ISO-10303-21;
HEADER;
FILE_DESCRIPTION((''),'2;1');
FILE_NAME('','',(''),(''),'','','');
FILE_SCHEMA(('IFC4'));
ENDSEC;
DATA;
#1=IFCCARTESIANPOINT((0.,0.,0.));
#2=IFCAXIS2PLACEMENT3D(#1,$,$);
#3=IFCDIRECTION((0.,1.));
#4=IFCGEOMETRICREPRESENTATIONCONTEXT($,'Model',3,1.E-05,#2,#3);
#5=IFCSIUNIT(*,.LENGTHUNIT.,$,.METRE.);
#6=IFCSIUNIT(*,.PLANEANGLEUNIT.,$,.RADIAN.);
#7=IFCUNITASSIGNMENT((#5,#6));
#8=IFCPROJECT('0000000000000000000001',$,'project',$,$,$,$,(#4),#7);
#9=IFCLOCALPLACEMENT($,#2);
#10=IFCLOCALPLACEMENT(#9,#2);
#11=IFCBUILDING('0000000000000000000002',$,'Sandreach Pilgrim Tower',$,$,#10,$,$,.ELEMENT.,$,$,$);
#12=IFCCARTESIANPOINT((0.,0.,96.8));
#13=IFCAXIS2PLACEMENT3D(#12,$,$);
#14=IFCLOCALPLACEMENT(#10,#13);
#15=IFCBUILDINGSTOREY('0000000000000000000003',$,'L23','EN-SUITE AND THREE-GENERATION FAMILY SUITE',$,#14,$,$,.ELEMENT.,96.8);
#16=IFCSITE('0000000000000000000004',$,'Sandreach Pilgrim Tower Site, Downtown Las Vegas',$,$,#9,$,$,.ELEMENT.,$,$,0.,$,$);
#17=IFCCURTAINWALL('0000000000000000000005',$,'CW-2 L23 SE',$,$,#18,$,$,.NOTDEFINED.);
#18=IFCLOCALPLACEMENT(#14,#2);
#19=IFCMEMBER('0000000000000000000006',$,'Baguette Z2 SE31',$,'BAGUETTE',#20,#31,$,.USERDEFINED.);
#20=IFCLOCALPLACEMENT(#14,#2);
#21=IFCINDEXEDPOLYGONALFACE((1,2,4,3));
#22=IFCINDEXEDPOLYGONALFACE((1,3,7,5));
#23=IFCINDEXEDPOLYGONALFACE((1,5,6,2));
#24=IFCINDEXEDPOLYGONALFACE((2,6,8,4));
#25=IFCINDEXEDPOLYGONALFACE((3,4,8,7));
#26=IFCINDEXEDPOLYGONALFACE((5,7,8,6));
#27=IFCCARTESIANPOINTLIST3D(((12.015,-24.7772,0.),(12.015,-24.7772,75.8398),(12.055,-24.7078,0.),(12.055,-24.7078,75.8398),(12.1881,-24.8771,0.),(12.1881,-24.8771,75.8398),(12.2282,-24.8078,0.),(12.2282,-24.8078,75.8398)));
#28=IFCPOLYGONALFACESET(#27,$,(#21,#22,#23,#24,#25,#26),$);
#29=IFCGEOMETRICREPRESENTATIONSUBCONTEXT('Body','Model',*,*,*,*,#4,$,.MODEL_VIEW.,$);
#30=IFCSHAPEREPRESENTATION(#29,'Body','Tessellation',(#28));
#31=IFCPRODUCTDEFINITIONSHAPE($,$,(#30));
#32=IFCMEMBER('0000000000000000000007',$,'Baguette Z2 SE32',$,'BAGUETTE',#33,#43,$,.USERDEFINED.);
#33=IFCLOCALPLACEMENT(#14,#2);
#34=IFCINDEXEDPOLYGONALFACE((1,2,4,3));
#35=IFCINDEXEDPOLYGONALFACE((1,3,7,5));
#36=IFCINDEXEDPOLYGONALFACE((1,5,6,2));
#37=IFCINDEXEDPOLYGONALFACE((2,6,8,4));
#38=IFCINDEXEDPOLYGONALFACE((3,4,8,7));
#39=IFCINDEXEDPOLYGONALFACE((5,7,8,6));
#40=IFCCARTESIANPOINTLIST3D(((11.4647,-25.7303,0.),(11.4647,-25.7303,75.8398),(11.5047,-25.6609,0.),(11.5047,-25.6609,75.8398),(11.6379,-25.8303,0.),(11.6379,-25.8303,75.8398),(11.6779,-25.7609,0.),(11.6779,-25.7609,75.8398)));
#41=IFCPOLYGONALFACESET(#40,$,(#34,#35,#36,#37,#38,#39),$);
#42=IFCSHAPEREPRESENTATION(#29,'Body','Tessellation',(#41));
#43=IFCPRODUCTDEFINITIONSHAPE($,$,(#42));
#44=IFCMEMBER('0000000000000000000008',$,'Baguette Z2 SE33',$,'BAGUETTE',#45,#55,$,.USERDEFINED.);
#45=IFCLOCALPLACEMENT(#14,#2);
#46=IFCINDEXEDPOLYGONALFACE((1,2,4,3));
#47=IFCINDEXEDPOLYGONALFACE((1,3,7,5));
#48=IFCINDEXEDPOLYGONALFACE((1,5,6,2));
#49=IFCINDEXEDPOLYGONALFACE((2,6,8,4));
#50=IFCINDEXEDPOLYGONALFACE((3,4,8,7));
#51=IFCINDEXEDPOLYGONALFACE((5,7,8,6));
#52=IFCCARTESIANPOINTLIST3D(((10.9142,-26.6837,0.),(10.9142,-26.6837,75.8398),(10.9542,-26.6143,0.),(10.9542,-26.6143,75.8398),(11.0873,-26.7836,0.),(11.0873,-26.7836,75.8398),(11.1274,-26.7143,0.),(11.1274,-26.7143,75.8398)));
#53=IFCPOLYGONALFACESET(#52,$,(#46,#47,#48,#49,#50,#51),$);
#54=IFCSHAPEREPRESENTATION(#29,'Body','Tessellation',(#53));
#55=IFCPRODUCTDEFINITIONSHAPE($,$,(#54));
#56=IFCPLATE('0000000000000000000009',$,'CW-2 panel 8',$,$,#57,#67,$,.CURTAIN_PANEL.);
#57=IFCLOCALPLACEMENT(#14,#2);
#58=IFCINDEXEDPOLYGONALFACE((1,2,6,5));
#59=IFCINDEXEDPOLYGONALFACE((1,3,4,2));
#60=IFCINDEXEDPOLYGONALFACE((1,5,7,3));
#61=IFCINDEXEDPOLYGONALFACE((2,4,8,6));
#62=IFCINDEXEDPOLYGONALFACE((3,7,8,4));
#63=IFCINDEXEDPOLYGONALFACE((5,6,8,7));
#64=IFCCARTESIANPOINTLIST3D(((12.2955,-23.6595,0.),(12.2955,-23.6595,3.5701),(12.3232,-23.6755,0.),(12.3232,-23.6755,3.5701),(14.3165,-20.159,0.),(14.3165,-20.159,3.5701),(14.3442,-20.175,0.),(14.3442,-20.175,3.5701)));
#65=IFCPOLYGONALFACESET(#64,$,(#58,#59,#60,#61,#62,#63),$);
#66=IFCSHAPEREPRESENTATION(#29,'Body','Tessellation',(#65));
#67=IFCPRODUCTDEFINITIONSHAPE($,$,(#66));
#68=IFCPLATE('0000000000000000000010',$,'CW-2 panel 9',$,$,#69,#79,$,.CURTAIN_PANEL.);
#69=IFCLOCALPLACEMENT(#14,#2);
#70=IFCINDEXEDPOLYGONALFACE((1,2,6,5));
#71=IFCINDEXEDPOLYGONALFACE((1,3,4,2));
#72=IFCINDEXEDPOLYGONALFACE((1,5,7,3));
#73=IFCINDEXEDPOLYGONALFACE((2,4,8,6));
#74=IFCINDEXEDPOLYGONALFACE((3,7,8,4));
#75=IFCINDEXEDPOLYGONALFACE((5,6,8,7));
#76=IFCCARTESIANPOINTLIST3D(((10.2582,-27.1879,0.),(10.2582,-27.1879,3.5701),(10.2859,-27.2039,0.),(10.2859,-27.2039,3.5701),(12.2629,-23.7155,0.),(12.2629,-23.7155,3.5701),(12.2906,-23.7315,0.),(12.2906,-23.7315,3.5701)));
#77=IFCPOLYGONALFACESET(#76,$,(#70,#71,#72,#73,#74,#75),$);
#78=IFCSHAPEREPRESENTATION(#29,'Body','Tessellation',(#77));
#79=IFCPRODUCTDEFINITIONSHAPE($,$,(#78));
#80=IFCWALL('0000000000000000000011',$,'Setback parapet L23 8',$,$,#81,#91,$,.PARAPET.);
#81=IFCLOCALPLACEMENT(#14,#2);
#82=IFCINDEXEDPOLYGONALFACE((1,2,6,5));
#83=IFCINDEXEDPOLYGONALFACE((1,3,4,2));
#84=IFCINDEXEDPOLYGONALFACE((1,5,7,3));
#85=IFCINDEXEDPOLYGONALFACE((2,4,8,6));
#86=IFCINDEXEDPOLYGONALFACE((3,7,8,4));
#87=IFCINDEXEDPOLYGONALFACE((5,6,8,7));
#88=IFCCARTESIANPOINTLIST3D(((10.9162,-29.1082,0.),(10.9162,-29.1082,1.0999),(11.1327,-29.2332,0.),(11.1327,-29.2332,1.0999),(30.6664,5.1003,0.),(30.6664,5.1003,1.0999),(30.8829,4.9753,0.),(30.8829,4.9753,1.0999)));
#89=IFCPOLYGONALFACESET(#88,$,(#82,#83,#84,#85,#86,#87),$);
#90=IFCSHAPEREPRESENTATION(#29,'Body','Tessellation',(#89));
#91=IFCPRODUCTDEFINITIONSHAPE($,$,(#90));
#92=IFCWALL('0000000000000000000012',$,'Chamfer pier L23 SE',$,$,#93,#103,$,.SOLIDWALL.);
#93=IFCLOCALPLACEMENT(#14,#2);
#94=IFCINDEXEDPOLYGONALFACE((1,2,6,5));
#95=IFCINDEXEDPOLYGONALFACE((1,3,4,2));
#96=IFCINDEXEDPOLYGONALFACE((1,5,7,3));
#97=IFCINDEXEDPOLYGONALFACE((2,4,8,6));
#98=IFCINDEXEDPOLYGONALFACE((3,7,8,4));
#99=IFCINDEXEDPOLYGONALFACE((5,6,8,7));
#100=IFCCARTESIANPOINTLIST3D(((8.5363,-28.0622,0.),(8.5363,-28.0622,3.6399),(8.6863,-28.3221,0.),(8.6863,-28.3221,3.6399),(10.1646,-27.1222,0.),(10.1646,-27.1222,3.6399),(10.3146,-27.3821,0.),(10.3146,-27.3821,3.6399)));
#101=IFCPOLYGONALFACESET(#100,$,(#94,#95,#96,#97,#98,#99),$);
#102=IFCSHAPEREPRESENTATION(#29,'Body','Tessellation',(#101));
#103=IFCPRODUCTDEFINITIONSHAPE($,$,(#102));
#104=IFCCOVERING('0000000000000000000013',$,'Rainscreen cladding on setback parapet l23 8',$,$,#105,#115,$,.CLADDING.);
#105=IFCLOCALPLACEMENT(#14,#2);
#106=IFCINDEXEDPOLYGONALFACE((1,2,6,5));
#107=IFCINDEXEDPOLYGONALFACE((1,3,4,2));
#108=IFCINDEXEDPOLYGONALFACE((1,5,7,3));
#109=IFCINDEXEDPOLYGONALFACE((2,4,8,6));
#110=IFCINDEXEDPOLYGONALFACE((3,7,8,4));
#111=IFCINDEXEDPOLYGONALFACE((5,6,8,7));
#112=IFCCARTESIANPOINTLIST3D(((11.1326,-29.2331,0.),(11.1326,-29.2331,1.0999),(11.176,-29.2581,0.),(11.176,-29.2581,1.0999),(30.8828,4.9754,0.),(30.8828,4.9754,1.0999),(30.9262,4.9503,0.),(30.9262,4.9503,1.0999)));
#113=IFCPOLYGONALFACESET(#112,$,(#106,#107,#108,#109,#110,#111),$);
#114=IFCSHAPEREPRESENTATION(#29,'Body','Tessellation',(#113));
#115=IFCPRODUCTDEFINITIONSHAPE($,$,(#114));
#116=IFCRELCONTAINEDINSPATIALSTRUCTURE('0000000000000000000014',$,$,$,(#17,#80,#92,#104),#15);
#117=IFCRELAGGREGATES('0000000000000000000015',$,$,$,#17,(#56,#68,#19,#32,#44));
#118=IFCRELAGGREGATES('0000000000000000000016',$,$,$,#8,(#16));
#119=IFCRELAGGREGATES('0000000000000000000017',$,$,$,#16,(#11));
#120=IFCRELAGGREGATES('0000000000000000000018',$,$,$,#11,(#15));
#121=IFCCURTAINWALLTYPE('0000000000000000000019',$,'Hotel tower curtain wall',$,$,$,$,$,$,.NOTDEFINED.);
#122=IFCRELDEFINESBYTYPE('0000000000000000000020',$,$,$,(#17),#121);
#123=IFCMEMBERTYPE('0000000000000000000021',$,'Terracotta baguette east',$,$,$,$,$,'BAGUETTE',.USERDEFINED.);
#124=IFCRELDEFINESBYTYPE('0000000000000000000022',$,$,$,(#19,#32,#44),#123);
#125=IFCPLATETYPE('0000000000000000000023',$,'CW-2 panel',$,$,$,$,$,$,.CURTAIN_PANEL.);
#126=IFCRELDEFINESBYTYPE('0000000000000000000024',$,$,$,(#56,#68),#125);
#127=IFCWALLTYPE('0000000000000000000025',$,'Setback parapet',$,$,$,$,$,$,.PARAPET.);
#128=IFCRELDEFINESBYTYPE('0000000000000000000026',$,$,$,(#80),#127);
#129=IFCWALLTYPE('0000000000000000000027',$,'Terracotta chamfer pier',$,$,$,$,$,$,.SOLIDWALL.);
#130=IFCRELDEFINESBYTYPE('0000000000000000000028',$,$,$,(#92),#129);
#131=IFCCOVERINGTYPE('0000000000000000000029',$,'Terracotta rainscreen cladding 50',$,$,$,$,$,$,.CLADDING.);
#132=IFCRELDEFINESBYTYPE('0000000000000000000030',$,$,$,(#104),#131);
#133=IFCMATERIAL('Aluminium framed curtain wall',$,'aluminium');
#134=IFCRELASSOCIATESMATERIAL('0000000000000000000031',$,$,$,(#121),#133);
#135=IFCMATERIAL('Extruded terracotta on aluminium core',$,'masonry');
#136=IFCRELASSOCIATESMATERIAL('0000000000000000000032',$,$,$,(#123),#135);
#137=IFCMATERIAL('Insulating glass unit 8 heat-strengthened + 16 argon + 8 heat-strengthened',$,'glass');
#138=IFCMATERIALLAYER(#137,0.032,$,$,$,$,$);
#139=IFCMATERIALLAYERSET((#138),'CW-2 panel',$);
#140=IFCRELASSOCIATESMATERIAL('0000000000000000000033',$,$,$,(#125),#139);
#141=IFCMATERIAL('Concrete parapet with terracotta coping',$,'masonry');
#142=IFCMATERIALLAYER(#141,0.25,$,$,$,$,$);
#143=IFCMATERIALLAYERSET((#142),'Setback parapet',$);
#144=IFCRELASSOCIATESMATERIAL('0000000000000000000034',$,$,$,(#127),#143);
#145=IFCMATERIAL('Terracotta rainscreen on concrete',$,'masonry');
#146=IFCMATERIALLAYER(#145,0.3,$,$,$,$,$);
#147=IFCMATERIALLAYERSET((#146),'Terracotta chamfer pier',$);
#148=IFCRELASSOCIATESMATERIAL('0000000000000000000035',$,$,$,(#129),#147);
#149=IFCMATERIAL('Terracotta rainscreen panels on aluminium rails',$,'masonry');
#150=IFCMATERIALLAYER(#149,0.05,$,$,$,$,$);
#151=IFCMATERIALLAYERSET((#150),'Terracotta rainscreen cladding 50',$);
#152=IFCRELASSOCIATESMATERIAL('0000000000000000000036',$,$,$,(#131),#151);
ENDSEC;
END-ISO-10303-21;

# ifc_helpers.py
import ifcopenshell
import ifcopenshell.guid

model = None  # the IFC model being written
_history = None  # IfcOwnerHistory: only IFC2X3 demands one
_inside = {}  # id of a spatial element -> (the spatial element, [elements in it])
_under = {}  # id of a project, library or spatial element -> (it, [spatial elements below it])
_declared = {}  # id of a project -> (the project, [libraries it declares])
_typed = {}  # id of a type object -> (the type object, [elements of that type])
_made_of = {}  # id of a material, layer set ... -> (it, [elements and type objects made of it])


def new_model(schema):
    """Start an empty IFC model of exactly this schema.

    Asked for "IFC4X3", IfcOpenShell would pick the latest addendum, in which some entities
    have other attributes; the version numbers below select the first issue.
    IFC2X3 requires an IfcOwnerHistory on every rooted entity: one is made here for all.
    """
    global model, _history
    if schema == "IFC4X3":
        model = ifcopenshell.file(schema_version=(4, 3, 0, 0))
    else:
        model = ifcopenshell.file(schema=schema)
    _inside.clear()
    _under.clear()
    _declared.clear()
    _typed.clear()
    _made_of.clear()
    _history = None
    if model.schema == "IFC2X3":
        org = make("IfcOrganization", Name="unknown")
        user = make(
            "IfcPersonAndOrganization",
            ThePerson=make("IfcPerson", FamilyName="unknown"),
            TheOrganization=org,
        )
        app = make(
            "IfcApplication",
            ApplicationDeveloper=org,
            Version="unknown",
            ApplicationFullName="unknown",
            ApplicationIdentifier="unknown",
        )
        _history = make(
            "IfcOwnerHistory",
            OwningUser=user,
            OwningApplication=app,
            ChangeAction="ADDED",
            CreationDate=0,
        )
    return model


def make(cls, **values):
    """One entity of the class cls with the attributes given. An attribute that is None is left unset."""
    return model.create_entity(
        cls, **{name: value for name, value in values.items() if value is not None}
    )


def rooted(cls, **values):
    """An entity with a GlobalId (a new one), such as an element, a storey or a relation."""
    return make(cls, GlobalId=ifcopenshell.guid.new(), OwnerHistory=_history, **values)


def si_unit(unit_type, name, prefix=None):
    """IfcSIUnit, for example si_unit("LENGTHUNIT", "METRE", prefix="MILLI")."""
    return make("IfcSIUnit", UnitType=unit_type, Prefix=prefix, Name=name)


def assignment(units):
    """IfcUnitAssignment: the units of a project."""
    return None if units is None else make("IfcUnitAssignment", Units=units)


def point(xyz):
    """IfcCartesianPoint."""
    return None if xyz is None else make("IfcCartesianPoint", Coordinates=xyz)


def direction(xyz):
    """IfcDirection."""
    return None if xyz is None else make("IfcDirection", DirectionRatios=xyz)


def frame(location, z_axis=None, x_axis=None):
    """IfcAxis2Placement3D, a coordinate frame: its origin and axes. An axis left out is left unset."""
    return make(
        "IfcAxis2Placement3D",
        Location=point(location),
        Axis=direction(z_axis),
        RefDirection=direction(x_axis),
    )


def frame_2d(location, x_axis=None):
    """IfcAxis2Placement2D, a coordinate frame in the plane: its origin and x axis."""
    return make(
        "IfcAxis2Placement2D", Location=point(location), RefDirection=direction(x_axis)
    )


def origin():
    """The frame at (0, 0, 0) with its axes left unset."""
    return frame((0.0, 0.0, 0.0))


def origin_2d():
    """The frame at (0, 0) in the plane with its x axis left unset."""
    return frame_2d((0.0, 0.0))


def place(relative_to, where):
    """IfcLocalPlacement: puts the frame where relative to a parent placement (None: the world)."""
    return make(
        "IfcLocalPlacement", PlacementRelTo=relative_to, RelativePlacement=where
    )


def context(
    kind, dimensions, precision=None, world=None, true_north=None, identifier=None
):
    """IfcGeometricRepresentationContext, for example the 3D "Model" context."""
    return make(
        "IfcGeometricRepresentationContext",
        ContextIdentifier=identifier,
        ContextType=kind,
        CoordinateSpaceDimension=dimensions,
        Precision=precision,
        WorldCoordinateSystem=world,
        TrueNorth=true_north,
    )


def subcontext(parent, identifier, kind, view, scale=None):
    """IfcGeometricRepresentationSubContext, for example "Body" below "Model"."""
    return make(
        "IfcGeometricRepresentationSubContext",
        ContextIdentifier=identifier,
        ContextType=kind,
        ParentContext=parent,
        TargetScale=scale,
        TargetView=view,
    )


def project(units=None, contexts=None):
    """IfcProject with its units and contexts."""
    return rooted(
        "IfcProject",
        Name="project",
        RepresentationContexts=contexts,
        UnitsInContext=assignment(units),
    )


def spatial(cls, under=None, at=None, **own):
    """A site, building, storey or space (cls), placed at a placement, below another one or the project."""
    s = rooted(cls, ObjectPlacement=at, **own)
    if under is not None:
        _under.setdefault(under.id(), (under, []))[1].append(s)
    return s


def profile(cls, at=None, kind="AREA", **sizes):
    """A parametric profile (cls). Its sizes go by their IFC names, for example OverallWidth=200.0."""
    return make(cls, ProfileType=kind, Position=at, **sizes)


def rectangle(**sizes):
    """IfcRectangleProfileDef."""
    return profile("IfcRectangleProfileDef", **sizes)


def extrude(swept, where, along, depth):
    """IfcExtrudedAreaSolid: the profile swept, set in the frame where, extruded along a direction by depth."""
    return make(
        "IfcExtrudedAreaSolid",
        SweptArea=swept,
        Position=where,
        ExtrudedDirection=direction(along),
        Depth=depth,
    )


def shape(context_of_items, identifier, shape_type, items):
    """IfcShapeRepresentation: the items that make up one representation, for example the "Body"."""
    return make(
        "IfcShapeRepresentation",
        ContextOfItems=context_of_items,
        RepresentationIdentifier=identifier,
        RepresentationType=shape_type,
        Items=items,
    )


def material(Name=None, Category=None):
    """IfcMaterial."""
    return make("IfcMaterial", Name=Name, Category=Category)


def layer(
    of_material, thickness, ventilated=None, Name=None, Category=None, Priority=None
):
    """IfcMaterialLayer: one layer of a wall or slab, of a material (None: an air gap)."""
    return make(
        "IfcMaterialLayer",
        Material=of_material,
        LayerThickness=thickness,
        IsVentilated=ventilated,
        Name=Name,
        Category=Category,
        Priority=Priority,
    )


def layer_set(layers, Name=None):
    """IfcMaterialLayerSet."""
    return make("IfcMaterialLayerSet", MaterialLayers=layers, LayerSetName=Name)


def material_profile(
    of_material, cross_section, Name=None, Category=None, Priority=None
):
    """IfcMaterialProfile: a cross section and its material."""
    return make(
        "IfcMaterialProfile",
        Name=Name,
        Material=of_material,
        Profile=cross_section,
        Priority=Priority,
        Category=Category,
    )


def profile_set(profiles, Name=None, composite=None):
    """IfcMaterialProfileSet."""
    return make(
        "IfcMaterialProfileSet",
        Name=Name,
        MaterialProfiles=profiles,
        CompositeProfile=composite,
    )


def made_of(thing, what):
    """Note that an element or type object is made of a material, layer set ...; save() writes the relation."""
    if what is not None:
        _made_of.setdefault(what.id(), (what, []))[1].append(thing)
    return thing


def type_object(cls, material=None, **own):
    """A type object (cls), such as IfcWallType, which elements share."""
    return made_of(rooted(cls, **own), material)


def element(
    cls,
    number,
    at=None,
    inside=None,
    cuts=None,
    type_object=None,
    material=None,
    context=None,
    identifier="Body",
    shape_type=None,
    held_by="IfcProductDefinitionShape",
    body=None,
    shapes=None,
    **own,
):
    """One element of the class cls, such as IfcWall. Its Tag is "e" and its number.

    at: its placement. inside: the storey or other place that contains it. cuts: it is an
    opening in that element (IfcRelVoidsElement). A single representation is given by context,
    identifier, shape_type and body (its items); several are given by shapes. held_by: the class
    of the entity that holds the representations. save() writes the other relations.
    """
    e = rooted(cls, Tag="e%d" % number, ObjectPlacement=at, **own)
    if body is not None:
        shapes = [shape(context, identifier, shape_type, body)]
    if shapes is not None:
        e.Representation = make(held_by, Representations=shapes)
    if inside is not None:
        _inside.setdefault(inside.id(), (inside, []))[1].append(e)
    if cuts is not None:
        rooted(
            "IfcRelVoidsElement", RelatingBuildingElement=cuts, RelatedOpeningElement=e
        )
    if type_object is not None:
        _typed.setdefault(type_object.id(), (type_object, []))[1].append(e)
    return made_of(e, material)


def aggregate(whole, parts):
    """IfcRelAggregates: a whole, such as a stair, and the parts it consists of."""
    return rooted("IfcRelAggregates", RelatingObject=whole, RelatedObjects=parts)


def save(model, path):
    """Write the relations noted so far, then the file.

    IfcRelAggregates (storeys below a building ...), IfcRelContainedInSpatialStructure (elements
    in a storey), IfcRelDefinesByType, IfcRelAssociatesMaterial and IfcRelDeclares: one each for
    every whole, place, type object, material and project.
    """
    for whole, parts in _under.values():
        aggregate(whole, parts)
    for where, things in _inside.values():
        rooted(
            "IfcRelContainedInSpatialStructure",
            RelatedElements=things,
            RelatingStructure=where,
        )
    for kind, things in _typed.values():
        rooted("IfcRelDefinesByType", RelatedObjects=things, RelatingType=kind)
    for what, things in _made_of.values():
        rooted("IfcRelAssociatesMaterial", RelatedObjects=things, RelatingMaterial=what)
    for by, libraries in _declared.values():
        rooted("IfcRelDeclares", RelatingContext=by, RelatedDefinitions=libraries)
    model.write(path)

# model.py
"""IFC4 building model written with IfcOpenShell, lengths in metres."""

from ifc_helpers import new_model, si_unit, direction, frame, frame_2d, origin, origin_2d, place, context, subcontext, project, spatial, rectangle, extrude, material, layer, layer_set, material_profile, profile_set, type_object, element, aggregate, save


model = new_model("IFC4")

# Units and contexts
model_context = context("Model", 3, precision=1e-05, world=origin(), true_north=direction((0.0, 1.0)))
body_context = subcontext(model_context, "Body", "Model", "MODEL_VIEW")
ifc_project = project(units=[si_unit("LENGTHUNIT", "METRE"), si_unit("PLANEANGLEUNIT", "RADIAN")], contexts=[model_context])

# Site, building, storey
site_placement = place(None, origin())
site = spatial("IfcSite", under=ifc_project, at=site_placement, Name="Sandreach Pilgrim Tower Site, Downtown Las Vegas", CompositionType="ELEMENT", RefElevation=0.0)
building_placement = place(site_placement, origin())
building = spatial("IfcBuilding", under=site, at=building_placement, Name="Sandreach Pilgrim Tower", CompositionType="ELEMENT")
storey_placement = place(building_placement, frame((0.0, 0.0, 96.8)))
storey = spatial("IfcBuildingStorey", under=building, at=storey_placement, Name="L23", Description="EN-SUITE AND THREE-GENERATION FAMILY SUITE", CompositionType="ELEMENT", Elevation=96.8)

# Curtain wall
ifc_material_1 = material(Name="Aluminium framed curtain wall", Category="aluminium")
curtain_wall_type = type_object("IfcCurtainWallType", Name="Hotel tower curtain wall", PredefinedType="NOTDEFINED", material=ifc_material_1)
curtain_wall_placement = place(storey_placement, origin())
curtain_wall = element("IfcCurtainWall", 1, at=curtain_wall_placement, inside=storey, type_object=curtain_wall_type, Name="CW-2 L23 SE", PredefinedType="NOTDEFINED")

# Members
ifc_material_2 = material(Name="Extruded terracotta on aluminium core", Category="masonry")
ifc_material_profile_1 = material_profile(ifc_material_2, rectangle(XDim=0.0801, YDim=0.2, at=origin_2d()), Name="TBE 80X200")
ifc_profile_set_1 = profile_set([ifc_material_profile_1], Name="Extruded terracotta on aluminium core")
member_type_1 = type_object("IfcMemberType", Name="Terracotta baguette east", ElementType="BAGUETTE", PredefinedType="USERDEFINED", material=ifc_profile_set_1)
member_1_placement = place(storey_placement, frame((12.1216, -24.7925, 0.0), z_axis=(0.0, 0.0, 1.0), x_axis=(-0.5, -0.866025, 0.0)))
member_1 = element("IfcMember", 2, at=member_1_placement, type_object=member_type_1, Name="Baguette Z2 SE31", ObjectType="BAGUETTE", PredefinedType="USERDEFINED", context=body_context, shape_type="SweptSolid", body=[
    extrude(rectangle(XDim=0.0801, YDim=0.2, at=origin_2d()), origin(), (0.0, 0.0, 1.0), 75.8398),
])
member_2_placement = place(storey_placement, frame((11.5713, -25.7456, 0.0), z_axis=(0.0, 0.0, 1.0), x_axis=(-0.5, -0.866025, 0.0)))
member_2 = element("IfcMember", 3, at=member_2_placement, type_object=member_type_1, Name="Baguette Z2 SE32", ObjectType="BAGUETTE", PredefinedType="USERDEFINED", context=body_context, shape_type="SweptSolid", body=[
    extrude(rectangle(XDim=0.0801, YDim=0.2, at=origin_2d()), origin(), (0.0, 0.0, 1.0), 75.8398),
])
member_3_placement = place(storey_placement, frame((11.0208, -26.699, 0.0), z_axis=(0.0, 0.0, 1.0), x_axis=(-0.5, -0.866025, 0.0)))
member_3 = element("IfcMember", 4, at=member_3_placement, type_object=member_type_1, Name="Baguette Z2 SE33", ObjectType="BAGUETTE", PredefinedType="USERDEFINED", context=body_context, shape_type="SweptSolid", body=[
    extrude(rectangle(XDim=0.0801, YDim=0.2, at=origin_2d()), origin(), (0.0, 0.0, 1.0), 75.8398),
])

# Plates
ifc_material_3 = material(Name="Insulating glass unit 8 heat-strengthened + 16 argon + 8 heat-strengthened", Category="glass")
ifc_layer_1 = layer(ifc_material_3, 0.032)
ifc_layer_set_1 = layer_set([ifc_layer_1], Name="CW-2 panel")
plate_type = type_object("IfcPlateType", Name="CW-2 panel", PredefinedType="CURTAIN_PANEL", material=ifc_layer_set_1)
plate_1_placement = place(storey_placement, frame((13.3198, -21.9172, 0.0), z_axis=(0.0, 0.0, 1.0), x_axis=(-0.5, -0.866025, 0.0)))
plate_1 = element("IfcPlate", 5, at=plate_1_placement, type_object=plate_type, Name="CW-2 panel 8", PredefinedType="CURTAIN_PANEL", context=body_context, shape_type="SweptSolid", body=[
    extrude(rectangle(XDim=4.042, YDim=0.032, at=origin_2d()), origin(), (0.0, 0.0, 1.0), 3.5701),
])
plate_2_placement = place(storey_placement, frame((11.2744, -25.4597, 0.0), z_axis=(0.0, 0.0, 1.0), x_axis=(-0.5, -0.866025, 0.0)))
plate_2 = element("IfcPlate", 6, at=plate_2_placement, type_object=plate_type, Name="CW-2 panel 9", PredefinedType="CURTAIN_PANEL", context=body_context, shape_type="SweptSolid", body=[
    extrude(rectangle(XDim=4.0095, YDim=0.032, at=origin_2d()), origin(), (0.0, 0.0, 1.0), 3.5701),
])
aggregate(curtain_wall, [plate_1, plate_2, member_1, member_2, member_3])

# Walls
ifc_material_4 = material(Name="Concrete parapet with terracotta coping", Category="masonry")
ifc_layer_2 = layer(ifc_material_4, 0.25)
ifc_layer_set_2 = layer_set([ifc_layer_2], Name="Setback parapet")
wall_type_1 = type_object("IfcWallType", Name="Setback parapet", PredefinedType="PARAPET", material=ifc_layer_set_2)
wall_1_placement = place(storey_placement, frame((11.0244, -29.1707, 0.0), z_axis=(0.0, 0.0, 1.0), x_axis=(0.499999, 0.866026, 0.0)))
element("IfcWall", 7, at=wall_1_placement, inside=storey, type_object=wall_type_1, Name="Setback parapet L23 8", PredefinedType="PARAPET", context=body_context, shape_type="SweptSolid", body=[
    extrude(rectangle(XDim=39.5005, YDim=0.25, at=frame_2d((19.7502, 0.0))), origin(), (0.0, 0.0, 1.0), 1.0999),
])
ifc_material_5 = material(Name="Terracotta rainscreen on concrete", Category="masonry")
ifc_layer_3 = layer(ifc_material_5, 0.3)
ifc_layer_set_3 = layer_set([ifc_layer_3], Name="Terracotta chamfer pier")
wall_type_2 = type_object("IfcWallType", Name="Terracotta chamfer pier", PredefinedType="SOLIDWALL", material=ifc_layer_set_3)
wall_2_placement = place(storey_placement, frame((10.2395, -27.2522, 0.0), z_axis=(0.0, 0.0, 1.0), x_axis=(-0.866045, -0.499966, 0.0)))
element("IfcWall", 8, at=wall_2_placement, inside=storey, type_object=wall_type_2, Name="Chamfer pier L23 SE", PredefinedType="SOLIDWALL", context=body_context, shape_type="SweptSolid", body=[
    extrude(rectangle(XDim=1.8801, YDim=0.3, at=frame_2d((0.9399, 0.0))), origin(), (0.0, 0.0, 1.0), 3.6399),
])

# Covering
ifc_material_6 = material(Name="Terracotta rainscreen panels on aluminium rails", Category="masonry")
ifc_layer_4 = layer(ifc_material_6, 0.05)
ifc_layer_set_4 = layer_set([ifc_layer_4], Name="Terracotta rainscreen cladding 50")
covering_type = type_object("IfcCoveringType", Name="Terracotta rainscreen cladding 50", PredefinedType="CLADDING", material=ifc_layer_set_4)
covering_placement = place(storey_placement, frame((11.1543, -29.2456, 0.0), z_axis=(0.0, 0.0, 1.0), x_axis=(0.499999, 0.866026, 0.0)))
element("IfcCovering", 9, at=covering_placement, inside=storey, type_object=covering_type, Name="Rainscreen cladding on setback parapet l23 8", PredefinedType="CLADDING", context=body_context, shape_type="SweptSolid", body=[
    extrude(rectangle(XDim=39.5005, YDim=0.05, at=frame_2d((19.7502, 0.0))), origin(), (0.0, 0.0, 1.0), 1.0999),
])

save(model, "model.ifc")
